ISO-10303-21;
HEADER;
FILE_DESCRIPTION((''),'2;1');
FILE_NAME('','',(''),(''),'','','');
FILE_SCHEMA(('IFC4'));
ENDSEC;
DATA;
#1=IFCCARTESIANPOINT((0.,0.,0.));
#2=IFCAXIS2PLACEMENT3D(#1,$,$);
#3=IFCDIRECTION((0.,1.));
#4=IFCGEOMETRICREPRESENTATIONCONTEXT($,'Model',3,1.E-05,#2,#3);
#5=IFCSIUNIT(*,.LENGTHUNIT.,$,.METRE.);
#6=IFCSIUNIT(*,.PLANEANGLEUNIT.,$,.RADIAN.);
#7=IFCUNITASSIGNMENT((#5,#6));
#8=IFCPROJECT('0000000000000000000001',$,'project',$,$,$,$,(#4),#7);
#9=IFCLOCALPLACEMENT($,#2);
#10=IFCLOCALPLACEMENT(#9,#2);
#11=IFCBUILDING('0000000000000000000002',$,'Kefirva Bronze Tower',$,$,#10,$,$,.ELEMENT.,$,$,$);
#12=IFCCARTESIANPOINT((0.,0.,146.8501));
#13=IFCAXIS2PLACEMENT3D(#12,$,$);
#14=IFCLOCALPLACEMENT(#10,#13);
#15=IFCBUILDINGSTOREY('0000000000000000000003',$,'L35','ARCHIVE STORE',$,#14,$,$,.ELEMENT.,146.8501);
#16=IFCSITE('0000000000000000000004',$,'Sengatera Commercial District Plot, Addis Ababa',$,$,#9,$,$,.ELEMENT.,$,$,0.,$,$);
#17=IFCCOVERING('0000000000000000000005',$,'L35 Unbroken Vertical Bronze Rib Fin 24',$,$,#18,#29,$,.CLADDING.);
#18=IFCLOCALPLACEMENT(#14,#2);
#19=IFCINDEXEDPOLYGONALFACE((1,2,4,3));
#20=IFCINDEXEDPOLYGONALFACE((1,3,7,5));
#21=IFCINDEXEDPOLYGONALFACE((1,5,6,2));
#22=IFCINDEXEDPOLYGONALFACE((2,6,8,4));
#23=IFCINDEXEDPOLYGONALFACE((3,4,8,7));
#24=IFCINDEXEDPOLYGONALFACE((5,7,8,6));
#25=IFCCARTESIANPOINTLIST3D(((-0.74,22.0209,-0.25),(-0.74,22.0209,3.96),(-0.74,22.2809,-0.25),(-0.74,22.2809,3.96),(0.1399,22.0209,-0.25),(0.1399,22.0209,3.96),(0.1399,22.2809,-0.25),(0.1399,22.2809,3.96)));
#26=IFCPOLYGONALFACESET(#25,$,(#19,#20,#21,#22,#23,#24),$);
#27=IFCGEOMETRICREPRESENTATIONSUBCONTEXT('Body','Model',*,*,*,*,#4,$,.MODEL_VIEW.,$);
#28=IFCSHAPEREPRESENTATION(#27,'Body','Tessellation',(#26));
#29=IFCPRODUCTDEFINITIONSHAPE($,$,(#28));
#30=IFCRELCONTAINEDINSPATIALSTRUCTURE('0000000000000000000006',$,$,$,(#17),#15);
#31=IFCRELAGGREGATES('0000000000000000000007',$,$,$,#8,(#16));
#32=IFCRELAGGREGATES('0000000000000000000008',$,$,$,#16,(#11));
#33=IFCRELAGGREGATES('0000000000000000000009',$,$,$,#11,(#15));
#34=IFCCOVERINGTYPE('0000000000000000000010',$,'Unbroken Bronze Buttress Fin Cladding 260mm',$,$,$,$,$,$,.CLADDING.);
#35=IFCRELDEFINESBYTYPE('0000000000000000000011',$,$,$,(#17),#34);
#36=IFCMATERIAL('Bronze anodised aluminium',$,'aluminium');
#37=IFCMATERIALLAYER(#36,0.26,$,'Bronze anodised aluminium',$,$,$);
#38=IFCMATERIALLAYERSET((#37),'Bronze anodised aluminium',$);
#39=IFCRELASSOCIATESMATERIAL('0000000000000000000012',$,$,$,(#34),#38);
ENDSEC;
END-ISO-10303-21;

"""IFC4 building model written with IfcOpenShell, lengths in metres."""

from ifc_helpers import new_model, si_unit, direction, frame, origin, origin_2d, place, context, subcontext, project, spatial, rectangle, extrude, material, layer, layer_set, type_object, element, save


model = new_model("IFC4")

# Units and contexts
model_context = context("Model", 3, precision=1e-05, world=origin(), true_north=direction((0.0, 1.0)))
body_context = subcontext(model_context, "Body", "Model", "MODEL_VIEW")
ifc_project = project(units=[si_unit("LENGTHUNIT", "METRE"), si_unit("PLANEANGLEUNIT", "RADIAN")], contexts=[model_context])

# Site, building, storey
site_placement = place(None, origin())
site = spatial("IfcSite", under=ifc_project, at=site_placement, Name="Sengatera Commercial District Plot, Addis Ababa", CompositionType="ELEMENT", RefElevation=0.0)
building_placement = place(site_placement, origin())
building = spatial("IfcBuilding", under=site, at=building_placement, Name="Kefirva Bronze Tower", CompositionType="ELEMENT")
storey_placement = place(building_placement, frame((0.0, 0.0, 146.8501)))
storey = spatial("IfcBuildingStorey", under=building, at=storey_placement, Name="L35", Description="ARCHIVE STORE", CompositionType="ELEMENT", Elevation=146.8501)

# Shared definitions
ifc_material_1 = material(Name="Bronze anodised aluminium", Category="aluminium")

# Covering
ifc_layer_1 = layer(ifc_material_1, 0.26, Name="Bronze anodised aluminium")
ifc_layer_set_1 = layer_set([ifc_layer_1], Name="Bronze anodised aluminium")
covering_type = type_object("IfcCoveringType", Name="Unbroken Bronze Buttress Fin Cladding 260mm", PredefinedType="CLADDING", material=ifc_layer_set_1)
for number, where, z_axis, x_axis, name in (
    (1, (-0.3, 22.1509, -0.25), (0.0, 0.0, 1.0), (0.0, -1.0, 0.0), "L35 Unbroken Vertical Bronze Rib Fin 24"),
):
    element("IfcCovering", number, at=place(storey_placement, frame(where, z_axis=z_axis, x_axis=x_axis)), inside=storey, type_object=covering_type, Name=name, PredefinedType="CLADDING", context=body_context, shape_type="SweptSolid", body=[
        extrude(rectangle(XDim=0.26, YDim=0.8799, at=origin_2d()), origin(), (0.0, 0.0, 1.0), 4.21),
    ])

save(model, "model.ifc")
